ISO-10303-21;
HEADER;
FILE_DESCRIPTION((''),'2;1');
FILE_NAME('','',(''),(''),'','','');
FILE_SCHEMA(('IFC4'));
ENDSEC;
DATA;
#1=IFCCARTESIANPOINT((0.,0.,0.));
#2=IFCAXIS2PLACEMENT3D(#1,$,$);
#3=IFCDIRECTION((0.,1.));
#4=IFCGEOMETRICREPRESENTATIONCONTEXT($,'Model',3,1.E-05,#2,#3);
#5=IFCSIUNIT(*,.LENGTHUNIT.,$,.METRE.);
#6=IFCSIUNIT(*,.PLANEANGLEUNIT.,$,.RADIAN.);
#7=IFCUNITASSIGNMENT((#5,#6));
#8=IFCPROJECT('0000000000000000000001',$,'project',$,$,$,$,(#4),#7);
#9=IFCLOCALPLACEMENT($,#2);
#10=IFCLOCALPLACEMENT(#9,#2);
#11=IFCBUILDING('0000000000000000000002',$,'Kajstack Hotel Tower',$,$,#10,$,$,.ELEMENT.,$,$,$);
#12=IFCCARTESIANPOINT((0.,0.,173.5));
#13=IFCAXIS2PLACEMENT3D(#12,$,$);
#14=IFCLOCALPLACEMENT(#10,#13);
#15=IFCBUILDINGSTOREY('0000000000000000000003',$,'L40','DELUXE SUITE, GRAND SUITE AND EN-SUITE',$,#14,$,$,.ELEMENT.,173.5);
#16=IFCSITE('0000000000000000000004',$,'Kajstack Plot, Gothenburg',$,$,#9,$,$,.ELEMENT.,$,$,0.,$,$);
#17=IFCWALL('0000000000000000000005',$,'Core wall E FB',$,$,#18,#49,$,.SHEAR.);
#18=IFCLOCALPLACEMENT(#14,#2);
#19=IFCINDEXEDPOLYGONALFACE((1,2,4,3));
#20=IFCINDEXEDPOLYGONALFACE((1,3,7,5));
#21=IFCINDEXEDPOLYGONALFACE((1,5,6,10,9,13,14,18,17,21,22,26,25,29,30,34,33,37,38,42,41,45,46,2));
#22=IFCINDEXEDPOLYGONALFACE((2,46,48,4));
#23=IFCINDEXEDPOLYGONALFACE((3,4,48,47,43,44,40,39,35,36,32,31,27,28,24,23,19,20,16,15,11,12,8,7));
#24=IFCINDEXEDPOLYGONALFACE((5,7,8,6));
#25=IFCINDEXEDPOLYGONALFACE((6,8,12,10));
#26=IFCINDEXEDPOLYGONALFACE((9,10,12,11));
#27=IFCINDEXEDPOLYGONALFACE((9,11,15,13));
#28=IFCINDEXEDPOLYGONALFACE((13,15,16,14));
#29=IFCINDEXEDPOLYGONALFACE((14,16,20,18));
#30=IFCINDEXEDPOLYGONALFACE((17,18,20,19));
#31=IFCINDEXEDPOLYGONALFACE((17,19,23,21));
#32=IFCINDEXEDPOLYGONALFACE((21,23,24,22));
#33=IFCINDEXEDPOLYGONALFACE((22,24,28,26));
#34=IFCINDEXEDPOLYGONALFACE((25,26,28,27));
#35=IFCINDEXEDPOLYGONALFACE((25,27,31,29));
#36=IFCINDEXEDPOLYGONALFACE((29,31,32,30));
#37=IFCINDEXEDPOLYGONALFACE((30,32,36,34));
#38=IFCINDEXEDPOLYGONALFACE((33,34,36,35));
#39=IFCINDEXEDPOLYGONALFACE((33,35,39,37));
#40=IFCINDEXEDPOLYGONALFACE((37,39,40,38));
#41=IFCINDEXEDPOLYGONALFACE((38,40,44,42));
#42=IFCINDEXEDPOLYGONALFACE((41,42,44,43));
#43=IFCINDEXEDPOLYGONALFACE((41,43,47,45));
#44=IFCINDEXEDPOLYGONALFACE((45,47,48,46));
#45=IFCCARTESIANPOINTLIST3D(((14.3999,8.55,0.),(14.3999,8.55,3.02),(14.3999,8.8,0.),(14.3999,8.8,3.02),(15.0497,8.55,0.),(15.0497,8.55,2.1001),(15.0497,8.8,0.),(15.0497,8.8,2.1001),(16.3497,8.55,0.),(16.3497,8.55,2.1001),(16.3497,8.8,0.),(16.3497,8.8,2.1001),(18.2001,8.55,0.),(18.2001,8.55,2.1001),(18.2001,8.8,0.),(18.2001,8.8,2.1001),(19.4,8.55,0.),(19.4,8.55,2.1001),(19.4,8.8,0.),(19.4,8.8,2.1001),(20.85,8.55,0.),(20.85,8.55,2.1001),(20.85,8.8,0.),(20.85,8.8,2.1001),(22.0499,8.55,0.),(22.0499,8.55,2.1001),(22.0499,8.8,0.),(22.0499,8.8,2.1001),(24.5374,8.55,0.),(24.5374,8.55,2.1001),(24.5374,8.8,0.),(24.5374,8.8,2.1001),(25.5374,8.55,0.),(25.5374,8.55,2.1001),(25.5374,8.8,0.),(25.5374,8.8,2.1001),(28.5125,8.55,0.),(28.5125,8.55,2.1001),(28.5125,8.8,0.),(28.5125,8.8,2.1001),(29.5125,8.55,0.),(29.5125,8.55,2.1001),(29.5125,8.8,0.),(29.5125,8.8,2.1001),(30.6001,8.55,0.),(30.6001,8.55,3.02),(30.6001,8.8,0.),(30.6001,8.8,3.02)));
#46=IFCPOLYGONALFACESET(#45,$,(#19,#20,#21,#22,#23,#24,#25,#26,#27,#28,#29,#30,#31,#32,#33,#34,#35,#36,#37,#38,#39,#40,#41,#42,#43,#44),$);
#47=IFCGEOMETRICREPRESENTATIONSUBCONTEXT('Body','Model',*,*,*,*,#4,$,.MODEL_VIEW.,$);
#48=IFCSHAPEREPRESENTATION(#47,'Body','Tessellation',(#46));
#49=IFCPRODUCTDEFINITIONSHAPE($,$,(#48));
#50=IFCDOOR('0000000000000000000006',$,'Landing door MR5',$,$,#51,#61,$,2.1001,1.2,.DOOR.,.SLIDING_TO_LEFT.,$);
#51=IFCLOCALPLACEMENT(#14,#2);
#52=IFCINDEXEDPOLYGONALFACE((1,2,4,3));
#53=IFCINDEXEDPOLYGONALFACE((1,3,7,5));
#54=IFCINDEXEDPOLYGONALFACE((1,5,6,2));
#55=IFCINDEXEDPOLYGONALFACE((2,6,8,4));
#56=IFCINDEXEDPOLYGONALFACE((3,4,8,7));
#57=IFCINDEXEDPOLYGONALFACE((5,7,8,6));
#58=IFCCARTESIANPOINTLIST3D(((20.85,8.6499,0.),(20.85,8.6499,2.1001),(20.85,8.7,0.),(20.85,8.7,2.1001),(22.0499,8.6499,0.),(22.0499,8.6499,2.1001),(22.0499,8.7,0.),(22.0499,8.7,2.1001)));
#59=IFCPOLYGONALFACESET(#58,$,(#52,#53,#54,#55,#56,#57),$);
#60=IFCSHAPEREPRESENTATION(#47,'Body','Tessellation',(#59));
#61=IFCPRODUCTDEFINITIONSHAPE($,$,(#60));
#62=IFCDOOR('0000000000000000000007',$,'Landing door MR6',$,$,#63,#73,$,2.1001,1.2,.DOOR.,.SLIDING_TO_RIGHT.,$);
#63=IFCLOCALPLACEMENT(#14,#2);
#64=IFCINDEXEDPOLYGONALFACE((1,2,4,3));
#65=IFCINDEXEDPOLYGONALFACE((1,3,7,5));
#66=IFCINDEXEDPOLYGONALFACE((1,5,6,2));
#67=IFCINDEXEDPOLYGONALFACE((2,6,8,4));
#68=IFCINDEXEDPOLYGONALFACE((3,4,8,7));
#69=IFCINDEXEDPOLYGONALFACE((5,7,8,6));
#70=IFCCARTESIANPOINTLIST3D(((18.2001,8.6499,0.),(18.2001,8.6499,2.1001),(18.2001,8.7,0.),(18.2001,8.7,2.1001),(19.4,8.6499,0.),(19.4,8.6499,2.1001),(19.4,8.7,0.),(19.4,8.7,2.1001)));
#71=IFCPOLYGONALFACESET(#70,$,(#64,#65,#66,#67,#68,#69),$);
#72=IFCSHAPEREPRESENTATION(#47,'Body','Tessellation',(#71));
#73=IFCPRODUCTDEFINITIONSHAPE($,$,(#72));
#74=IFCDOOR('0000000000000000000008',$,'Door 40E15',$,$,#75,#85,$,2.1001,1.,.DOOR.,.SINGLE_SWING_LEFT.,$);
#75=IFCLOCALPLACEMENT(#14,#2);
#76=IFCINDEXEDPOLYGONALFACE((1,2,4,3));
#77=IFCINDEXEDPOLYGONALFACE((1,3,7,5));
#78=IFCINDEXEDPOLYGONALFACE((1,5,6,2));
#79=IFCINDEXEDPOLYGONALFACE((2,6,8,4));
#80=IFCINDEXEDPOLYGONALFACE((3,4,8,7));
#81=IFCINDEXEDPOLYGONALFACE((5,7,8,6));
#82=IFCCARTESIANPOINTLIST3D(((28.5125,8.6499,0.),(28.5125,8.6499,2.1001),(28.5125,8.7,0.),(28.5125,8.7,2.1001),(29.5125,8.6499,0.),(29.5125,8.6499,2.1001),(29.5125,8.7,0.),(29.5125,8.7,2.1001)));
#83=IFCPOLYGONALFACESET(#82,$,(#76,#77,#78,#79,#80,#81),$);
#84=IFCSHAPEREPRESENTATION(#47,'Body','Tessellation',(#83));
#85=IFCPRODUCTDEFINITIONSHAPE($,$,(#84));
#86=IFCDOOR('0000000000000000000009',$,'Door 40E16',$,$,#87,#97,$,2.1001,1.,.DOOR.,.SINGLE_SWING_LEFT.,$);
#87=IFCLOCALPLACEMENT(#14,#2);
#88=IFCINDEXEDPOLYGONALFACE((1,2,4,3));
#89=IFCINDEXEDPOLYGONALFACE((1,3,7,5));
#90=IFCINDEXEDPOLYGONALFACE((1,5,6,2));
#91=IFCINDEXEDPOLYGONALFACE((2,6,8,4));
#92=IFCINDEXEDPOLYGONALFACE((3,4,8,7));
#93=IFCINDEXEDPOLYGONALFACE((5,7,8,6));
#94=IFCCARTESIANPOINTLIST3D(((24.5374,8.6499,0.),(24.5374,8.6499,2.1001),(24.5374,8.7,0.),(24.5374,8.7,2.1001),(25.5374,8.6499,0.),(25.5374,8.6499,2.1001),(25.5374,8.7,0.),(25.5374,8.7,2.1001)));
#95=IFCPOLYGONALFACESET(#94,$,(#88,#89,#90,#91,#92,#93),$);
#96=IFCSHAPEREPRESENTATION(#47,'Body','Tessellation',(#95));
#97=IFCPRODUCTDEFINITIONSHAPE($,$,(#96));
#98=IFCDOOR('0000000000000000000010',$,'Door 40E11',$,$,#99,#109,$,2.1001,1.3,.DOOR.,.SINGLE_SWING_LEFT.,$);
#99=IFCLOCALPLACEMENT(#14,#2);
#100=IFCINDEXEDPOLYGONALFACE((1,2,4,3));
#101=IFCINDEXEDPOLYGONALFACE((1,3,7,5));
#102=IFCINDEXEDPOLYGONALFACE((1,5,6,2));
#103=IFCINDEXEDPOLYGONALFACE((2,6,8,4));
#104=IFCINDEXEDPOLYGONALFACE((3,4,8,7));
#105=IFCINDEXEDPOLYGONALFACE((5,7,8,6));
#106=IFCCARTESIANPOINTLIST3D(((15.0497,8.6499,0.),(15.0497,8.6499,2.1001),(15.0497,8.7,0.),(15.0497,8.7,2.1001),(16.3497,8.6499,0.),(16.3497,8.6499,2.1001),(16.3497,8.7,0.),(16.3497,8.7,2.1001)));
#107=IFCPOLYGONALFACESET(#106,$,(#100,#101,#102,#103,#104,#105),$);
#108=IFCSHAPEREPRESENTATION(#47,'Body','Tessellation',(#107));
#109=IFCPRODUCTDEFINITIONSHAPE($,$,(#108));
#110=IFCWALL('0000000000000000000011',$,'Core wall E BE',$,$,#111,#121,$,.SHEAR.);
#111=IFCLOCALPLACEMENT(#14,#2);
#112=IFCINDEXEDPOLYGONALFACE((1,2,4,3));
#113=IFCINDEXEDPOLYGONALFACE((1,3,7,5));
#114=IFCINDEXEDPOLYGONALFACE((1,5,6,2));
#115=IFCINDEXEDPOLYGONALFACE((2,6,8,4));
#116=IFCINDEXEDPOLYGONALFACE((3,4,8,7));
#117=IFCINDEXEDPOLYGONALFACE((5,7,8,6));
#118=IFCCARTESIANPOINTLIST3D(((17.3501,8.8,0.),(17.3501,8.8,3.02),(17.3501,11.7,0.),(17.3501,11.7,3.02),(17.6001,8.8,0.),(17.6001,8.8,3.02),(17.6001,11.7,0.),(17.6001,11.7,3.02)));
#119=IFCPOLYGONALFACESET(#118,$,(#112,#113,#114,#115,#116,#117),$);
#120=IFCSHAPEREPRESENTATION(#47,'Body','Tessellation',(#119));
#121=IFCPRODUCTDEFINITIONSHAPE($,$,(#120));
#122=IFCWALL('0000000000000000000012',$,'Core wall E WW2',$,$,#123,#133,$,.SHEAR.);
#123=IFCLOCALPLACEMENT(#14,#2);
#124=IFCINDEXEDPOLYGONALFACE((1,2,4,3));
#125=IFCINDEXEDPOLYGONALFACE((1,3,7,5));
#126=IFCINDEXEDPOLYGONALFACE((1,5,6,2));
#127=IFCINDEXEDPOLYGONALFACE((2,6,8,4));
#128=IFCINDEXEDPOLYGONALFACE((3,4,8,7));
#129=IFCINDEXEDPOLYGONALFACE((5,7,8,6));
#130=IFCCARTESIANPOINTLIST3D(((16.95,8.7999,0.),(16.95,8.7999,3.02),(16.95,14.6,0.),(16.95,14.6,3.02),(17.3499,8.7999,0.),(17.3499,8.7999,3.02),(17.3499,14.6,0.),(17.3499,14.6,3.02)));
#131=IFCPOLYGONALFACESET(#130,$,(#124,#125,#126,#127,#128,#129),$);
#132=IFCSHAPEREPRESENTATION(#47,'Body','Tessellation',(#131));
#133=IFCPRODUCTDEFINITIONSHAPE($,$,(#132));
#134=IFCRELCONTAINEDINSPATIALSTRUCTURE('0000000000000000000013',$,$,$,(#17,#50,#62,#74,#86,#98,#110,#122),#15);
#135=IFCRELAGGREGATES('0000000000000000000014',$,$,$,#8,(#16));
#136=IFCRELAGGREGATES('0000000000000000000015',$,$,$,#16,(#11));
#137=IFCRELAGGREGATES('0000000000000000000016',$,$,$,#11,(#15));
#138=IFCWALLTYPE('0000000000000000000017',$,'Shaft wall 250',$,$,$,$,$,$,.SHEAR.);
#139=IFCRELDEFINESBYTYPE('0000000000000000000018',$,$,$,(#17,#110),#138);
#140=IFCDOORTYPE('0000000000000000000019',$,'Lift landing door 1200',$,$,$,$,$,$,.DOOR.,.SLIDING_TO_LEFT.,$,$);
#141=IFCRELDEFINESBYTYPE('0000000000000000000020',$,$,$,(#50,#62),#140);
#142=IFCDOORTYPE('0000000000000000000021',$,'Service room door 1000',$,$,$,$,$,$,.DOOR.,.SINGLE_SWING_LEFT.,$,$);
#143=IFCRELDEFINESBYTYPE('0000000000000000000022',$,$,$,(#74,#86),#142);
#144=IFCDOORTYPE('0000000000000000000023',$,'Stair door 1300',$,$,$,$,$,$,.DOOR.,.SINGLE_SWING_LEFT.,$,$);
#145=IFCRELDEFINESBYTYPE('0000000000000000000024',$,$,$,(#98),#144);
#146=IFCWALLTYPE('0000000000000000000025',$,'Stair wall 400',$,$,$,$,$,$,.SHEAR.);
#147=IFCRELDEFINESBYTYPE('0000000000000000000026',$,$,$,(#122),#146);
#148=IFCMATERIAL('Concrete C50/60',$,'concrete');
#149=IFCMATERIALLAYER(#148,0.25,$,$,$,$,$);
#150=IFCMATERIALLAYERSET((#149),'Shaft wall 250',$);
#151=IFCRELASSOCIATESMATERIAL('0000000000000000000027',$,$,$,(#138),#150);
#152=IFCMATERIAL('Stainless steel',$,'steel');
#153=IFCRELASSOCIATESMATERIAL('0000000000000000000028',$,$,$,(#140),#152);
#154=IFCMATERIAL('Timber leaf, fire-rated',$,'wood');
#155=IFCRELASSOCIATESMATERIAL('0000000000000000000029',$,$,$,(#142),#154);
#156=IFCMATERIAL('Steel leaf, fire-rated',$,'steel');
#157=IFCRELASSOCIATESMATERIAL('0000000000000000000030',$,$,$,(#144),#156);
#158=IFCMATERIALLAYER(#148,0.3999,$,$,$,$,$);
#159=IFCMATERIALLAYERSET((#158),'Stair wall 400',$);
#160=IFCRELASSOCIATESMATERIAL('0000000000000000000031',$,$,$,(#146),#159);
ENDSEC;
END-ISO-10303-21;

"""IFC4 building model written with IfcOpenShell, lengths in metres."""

from ifc_helpers import new_model, si_unit, direction, frame, frame_2d, origin, place, context, subcontext, project, spatial, rectangle, extrude, material, layer, layer_set, type_object, element, fill, save


model = new_model("IFC4")

# Units and contexts
model_context = context("Model", 3, precision=1e-05, world=origin(), true_north=direction((0.0, 1.0)))
body_context = subcontext(model_context, "Body", "Model", "MODEL_VIEW")
ifc_project = project(units=[si_unit("LENGTHUNIT", "METRE"), si_unit("PLANEANGLEUNIT", "RADIAN")], contexts=[model_context])

# Site, building, storey
site_placement = place(None, origin())
site = spatial("IfcSite", under=ifc_project, at=site_placement, Name="Kajstack Plot, Gothenburg", CompositionType="ELEMENT", RefElevation=0.0)
building_placement = place(site_placement, origin())
building = spatial("IfcBuilding", under=site, at=building_placement, Name="Kajstack Hotel Tower", CompositionType="ELEMENT")
storey_placement = place(building_placement, frame((0.0, 0.0, 173.5)))
storey = spatial("IfcBuildingStorey", under=building, at=storey_placement, Name="L40", Description="DELUXE SUITE, GRAND SUITE AND EN-SUITE", CompositionType="ELEMENT", Elevation=173.5)

# Wall, openings, doors
ifc_material_1 = material(Name="Concrete C50/60", Category="concrete")
ifc_layer_1 = layer(ifc_material_1, 0.25)
ifc_layer_set_1 = layer_set([ifc_layer_1], Name="Shaft wall 250")
wall_type_1 = type_object("IfcWallType", Name="Shaft wall 250", PredefinedType="SHEAR", material=ifc_layer_set_1)
ifc_material_2 = material(Name="Stainless steel", Category="steel")
door_type_1 = type_object("IfcDoorType", Name="Lift landing door 1200", OperationType="SLIDING_TO_LEFT", PredefinedType="DOOR", material=ifc_material_2)
wall_1_placement = place(storey_placement, frame((14.3999, 8.675, 0.0), z_axis=(0.0, 0.0, 1.0), x_axis=(1.0, 0.0, 0.0)))
wall_1 = element("IfcWall", 1, at=wall_1_placement, inside=storey, type_object=wall_type_1, Name="Core wall E FB", PredefinedType="SHEAR", context=body_context, shape_type="SweptSolid", body=[
    extrude(rectangle(XDim=16.2002, YDim=0.25, at=frame_2d((8.1001, 0.0))), origin(), (0.0, 0.0, 1.0), 3.02),
])
opening_1_placement = place(wall_1_placement, frame((6.45, 0.0, 0.0)))
opening_1 = element("IfcOpeningElement", 2, at=opening_1_placement, cuts=wall_1, PredefinedType="OPENING", context=body_context, shape_type="SweptSolid", body=[
    extrude(rectangle(XDim=1.2, YDim=2.1001, at=frame_2d((0.6001, 1.05))), frame((0.0, 0.135, 0.0), z_axis=(0.0, -1.0, 0.0), x_axis=(1.0, 0.0, 0.0)), (0.0, 0.0, 1.0), 0.27),
])
opening_2_placement = place(wall_1_placement, frame((3.8, 0.0, 0.0)))
opening_2 = element("IfcOpeningElement", 3, at=opening_2_placement, cuts=wall_1, PredefinedType="OPENING", context=body_context, shape_type="SweptSolid", body=[
    extrude(rectangle(XDim=1.2, YDim=2.1001, at=frame_2d((0.6001, 1.05))), frame((0.0, 0.135, 0.0), z_axis=(0.0, -1.0, 0.0), x_axis=(1.0, 0.0, 0.0)), (0.0, 0.0, 1.0), 0.27),
])
opening_3_placement = place(wall_1_placement, frame((0.6499, 0.0, 0.0)))
opening_3 = element("IfcOpeningElement", 4, at=opening_3_placement, cuts=wall_1, PredefinedType="OPENING", context=body_context, shape_type="SweptSolid", body=[
    extrude(rectangle(XDim=1.3, YDim=2.1001, at=frame_2d((0.6499, 1.05))), frame((0.0, 0.135, 0.0), z_axis=(0.0, -1.0, 0.0), x_axis=(1.0, 0.0, 0.0)), (0.0, 0.0, 1.0), 0.27),
])
opening_4_placement = place(wall_1_placement, frame((14.1125, 0.0, 0.0)))
opening_4 = element("IfcOpeningElement", 5, at=opening_4_placement, cuts=wall_1, PredefinedType="OPENING", context=body_context, shape_type="SweptSolid", body=[
    extrude(rectangle(XDim=1.0, YDim=2.1001, at=frame_2d((0.5, 1.05))), frame((0.0, 0.135, 0.0), z_axis=(0.0, -1.0, 0.0), x_axis=(1.0, 0.0, 0.0)), (0.0, 0.0, 1.0), 0.27),
])
opening_5_placement = place(wall_1_placement, frame((10.1375, 0.0, 0.0)))
opening_5 = element("IfcOpeningElement", 6, at=opening_5_placement, cuts=wall_1, PredefinedType="OPENING", context=body_context, shape_type="SweptSolid", body=[
    extrude(rectangle(XDim=1.0, YDim=2.1001, at=frame_2d((0.5, 1.05))), frame((0.0, 0.135, 0.0), z_axis=(0.0, -1.0, 0.0), x_axis=(1.0, 0.0, 0.0)), (0.0, 0.0, 1.0), 0.27),
])
door_1_placement = place(opening_1_placement, origin())
door_1 = element("IfcDoor", 7, at=door_1_placement, inside=storey, type_object=door_type_1, Name="Landing door MR5", OperationType="SLIDING_TO_LEFT", OverallHeight=2.1001, OverallWidth=1.2, PredefinedType="DOOR", context=body_context, shape_type="SweptSolid", body=[
    extrude(rectangle(XDim=1.2, YDim=2.1001, at=frame_2d((0.6001, 1.05))), frame((0.0, 0.0249, 0.0), z_axis=(0.0, -1.0, 0.0), x_axis=(1.0, 0.0, 0.0)), (0.0, 0.0, 1.0), 0.05),
])
fill(opening_1, door_1)
door_2_placement = place(opening_2_placement, origin())
door_2 = element("IfcDoor", 8, at=door_2_placement, inside=storey, type_object=door_type_1, Name="Landing door MR6", OperationType="SLIDING_TO_RIGHT", OverallHeight=2.1001, OverallWidth=1.2, PredefinedType="DOOR", context=body_context, shape_type="SweptSolid", body=[
    extrude(rectangle(XDim=1.2, YDim=2.1001, at=frame_2d((0.6001, 1.05))), frame((0.0, 0.0249, 0.0), z_axis=(0.0, -1.0, 0.0), x_axis=(1.0, 0.0, 0.0)), (0.0, 0.0, 1.0), 0.05),
])
fill(opening_2, door_2)
ifc_material_3 = material(Name="Timber leaf, fire-rated", Category="wood")
door_type_2 = type_object("IfcDoorType", Name="Service room door 1000", OperationType="SINGLE_SWING_LEFT", PredefinedType="DOOR", material=ifc_material_3)
door_3_placement = place(opening_4_placement, origin())
door_3 = element("IfcDoor", 9, at=door_3_placement, inside=storey, type_object=door_type_2, Name="Door 40E15", OperationType="SINGLE_SWING_LEFT", OverallHeight=2.1001, OverallWidth=1.0, PredefinedType="DOOR", context=body_context, shape_type="SweptSolid", body=[
    extrude(rectangle(XDim=1.0, YDim=2.1001, at=frame_2d((0.5, 1.05))), frame((0.0, 0.0249, 0.0), z_axis=(0.0, -1.0, 0.0), x_axis=(1.0, 0.0, 0.0)), (0.0, 0.0, 1.0), 0.05),
])
fill(opening_4, door_3)
door_4_placement = place(opening_5_placement, origin())
door_4 = element("IfcDoor", 10, at=door_4_placement, inside=storey, type_object=door_type_2, Name="Door 40E16", OperationType="SINGLE_SWING_LEFT", OverallHeight=2.1001, OverallWidth=1.0, PredefinedType="DOOR", context=body_context, shape_type="SweptSolid", body=[
    extrude(rectangle(XDim=1.0, YDim=2.1001, at=frame_2d((0.5, 1.05))), frame((0.0, 0.0249, 0.0), z_axis=(0.0, -1.0, 0.0), x_axis=(1.0, 0.0, 0.0)), (0.0, 0.0, 1.0), 0.05),
])
fill(opening_5, door_4)
ifc_material_4 = material(Name="Steel leaf, fire-rated", Category="steel")
door_type_3 = type_object("IfcDoorType", Name="Stair door 1300", OperationType="SINGLE_SWING_LEFT", PredefinedType="DOOR", material=ifc_material_4)
door_5_placement = place(opening_3_placement, origin())
door_5 = element("IfcDoor", 11, at=door_5_placement, inside=storey, type_object=door_type_3, Name="Door 40E11", OperationType="SINGLE_SWING_LEFT", OverallHeight=2.1001, OverallWidth=1.3, PredefinedType="DOOR", context=body_context, shape_type="SweptSolid", body=[
    extrude(rectangle(XDim=1.3, YDim=2.1001, at=frame_2d((0.6499, 1.05))), frame((0.0, 0.0249, 0.0), z_axis=(0.0, -1.0, 0.0), x_axis=(1.0, 0.0, 0.0)), (0.0, 0.0, 1.0), 0.05),
])
fill(opening_3, door_5)

# Walls
wall_2_placement = place(storey_placement, frame((17.4751, 8.8, 0.0), z_axis=(0.0, 0.0, 1.0), x_axis=(0.0, 1.0, 0.0)))
element("IfcWall", 12, at=wall_2_placement, inside=storey, type_object=wall_type_1, Name="Core wall E BE", PredefinedType="SHEAR", context=body_context, shape_type="SweptSolid", body=[
    extrude(rectangle(XDim=2.8999, YDim=0.25, at=frame_2d((1.45, 0.0))), origin(), (0.0, 0.0, 1.0), 3.02),
])
ifc_layer_2 = layer(ifc_material_1, 0.3999)
ifc_layer_set_2 = layer_set([ifc_layer_2], Name="Stair wall 400")
wall_type_2 = type_object("IfcWallType", Name="Stair wall 400", PredefinedType="SHEAR", material=ifc_layer_set_2)
wall_3_placement = place(storey_placement, frame((17.1499, 8.8, 0.0), z_axis=(0.0, 0.0, 1.0), x_axis=(0.0, 1.0, 0.0)))
element("IfcWall", 13, at=wall_3_placement, inside=storey, type_object=wall_type_2, Name="Core wall E WW2", PredefinedType="SHEAR", context=body_context, shape_type="SweptSolid", body=[
    extrude(rectangle(XDim=5.8, YDim=0.3999, at=frame_2d((2.8999, 0.0))), origin(), (0.0, 0.0, 1.0), 3.02),
])

save(model, "model.ifc")
